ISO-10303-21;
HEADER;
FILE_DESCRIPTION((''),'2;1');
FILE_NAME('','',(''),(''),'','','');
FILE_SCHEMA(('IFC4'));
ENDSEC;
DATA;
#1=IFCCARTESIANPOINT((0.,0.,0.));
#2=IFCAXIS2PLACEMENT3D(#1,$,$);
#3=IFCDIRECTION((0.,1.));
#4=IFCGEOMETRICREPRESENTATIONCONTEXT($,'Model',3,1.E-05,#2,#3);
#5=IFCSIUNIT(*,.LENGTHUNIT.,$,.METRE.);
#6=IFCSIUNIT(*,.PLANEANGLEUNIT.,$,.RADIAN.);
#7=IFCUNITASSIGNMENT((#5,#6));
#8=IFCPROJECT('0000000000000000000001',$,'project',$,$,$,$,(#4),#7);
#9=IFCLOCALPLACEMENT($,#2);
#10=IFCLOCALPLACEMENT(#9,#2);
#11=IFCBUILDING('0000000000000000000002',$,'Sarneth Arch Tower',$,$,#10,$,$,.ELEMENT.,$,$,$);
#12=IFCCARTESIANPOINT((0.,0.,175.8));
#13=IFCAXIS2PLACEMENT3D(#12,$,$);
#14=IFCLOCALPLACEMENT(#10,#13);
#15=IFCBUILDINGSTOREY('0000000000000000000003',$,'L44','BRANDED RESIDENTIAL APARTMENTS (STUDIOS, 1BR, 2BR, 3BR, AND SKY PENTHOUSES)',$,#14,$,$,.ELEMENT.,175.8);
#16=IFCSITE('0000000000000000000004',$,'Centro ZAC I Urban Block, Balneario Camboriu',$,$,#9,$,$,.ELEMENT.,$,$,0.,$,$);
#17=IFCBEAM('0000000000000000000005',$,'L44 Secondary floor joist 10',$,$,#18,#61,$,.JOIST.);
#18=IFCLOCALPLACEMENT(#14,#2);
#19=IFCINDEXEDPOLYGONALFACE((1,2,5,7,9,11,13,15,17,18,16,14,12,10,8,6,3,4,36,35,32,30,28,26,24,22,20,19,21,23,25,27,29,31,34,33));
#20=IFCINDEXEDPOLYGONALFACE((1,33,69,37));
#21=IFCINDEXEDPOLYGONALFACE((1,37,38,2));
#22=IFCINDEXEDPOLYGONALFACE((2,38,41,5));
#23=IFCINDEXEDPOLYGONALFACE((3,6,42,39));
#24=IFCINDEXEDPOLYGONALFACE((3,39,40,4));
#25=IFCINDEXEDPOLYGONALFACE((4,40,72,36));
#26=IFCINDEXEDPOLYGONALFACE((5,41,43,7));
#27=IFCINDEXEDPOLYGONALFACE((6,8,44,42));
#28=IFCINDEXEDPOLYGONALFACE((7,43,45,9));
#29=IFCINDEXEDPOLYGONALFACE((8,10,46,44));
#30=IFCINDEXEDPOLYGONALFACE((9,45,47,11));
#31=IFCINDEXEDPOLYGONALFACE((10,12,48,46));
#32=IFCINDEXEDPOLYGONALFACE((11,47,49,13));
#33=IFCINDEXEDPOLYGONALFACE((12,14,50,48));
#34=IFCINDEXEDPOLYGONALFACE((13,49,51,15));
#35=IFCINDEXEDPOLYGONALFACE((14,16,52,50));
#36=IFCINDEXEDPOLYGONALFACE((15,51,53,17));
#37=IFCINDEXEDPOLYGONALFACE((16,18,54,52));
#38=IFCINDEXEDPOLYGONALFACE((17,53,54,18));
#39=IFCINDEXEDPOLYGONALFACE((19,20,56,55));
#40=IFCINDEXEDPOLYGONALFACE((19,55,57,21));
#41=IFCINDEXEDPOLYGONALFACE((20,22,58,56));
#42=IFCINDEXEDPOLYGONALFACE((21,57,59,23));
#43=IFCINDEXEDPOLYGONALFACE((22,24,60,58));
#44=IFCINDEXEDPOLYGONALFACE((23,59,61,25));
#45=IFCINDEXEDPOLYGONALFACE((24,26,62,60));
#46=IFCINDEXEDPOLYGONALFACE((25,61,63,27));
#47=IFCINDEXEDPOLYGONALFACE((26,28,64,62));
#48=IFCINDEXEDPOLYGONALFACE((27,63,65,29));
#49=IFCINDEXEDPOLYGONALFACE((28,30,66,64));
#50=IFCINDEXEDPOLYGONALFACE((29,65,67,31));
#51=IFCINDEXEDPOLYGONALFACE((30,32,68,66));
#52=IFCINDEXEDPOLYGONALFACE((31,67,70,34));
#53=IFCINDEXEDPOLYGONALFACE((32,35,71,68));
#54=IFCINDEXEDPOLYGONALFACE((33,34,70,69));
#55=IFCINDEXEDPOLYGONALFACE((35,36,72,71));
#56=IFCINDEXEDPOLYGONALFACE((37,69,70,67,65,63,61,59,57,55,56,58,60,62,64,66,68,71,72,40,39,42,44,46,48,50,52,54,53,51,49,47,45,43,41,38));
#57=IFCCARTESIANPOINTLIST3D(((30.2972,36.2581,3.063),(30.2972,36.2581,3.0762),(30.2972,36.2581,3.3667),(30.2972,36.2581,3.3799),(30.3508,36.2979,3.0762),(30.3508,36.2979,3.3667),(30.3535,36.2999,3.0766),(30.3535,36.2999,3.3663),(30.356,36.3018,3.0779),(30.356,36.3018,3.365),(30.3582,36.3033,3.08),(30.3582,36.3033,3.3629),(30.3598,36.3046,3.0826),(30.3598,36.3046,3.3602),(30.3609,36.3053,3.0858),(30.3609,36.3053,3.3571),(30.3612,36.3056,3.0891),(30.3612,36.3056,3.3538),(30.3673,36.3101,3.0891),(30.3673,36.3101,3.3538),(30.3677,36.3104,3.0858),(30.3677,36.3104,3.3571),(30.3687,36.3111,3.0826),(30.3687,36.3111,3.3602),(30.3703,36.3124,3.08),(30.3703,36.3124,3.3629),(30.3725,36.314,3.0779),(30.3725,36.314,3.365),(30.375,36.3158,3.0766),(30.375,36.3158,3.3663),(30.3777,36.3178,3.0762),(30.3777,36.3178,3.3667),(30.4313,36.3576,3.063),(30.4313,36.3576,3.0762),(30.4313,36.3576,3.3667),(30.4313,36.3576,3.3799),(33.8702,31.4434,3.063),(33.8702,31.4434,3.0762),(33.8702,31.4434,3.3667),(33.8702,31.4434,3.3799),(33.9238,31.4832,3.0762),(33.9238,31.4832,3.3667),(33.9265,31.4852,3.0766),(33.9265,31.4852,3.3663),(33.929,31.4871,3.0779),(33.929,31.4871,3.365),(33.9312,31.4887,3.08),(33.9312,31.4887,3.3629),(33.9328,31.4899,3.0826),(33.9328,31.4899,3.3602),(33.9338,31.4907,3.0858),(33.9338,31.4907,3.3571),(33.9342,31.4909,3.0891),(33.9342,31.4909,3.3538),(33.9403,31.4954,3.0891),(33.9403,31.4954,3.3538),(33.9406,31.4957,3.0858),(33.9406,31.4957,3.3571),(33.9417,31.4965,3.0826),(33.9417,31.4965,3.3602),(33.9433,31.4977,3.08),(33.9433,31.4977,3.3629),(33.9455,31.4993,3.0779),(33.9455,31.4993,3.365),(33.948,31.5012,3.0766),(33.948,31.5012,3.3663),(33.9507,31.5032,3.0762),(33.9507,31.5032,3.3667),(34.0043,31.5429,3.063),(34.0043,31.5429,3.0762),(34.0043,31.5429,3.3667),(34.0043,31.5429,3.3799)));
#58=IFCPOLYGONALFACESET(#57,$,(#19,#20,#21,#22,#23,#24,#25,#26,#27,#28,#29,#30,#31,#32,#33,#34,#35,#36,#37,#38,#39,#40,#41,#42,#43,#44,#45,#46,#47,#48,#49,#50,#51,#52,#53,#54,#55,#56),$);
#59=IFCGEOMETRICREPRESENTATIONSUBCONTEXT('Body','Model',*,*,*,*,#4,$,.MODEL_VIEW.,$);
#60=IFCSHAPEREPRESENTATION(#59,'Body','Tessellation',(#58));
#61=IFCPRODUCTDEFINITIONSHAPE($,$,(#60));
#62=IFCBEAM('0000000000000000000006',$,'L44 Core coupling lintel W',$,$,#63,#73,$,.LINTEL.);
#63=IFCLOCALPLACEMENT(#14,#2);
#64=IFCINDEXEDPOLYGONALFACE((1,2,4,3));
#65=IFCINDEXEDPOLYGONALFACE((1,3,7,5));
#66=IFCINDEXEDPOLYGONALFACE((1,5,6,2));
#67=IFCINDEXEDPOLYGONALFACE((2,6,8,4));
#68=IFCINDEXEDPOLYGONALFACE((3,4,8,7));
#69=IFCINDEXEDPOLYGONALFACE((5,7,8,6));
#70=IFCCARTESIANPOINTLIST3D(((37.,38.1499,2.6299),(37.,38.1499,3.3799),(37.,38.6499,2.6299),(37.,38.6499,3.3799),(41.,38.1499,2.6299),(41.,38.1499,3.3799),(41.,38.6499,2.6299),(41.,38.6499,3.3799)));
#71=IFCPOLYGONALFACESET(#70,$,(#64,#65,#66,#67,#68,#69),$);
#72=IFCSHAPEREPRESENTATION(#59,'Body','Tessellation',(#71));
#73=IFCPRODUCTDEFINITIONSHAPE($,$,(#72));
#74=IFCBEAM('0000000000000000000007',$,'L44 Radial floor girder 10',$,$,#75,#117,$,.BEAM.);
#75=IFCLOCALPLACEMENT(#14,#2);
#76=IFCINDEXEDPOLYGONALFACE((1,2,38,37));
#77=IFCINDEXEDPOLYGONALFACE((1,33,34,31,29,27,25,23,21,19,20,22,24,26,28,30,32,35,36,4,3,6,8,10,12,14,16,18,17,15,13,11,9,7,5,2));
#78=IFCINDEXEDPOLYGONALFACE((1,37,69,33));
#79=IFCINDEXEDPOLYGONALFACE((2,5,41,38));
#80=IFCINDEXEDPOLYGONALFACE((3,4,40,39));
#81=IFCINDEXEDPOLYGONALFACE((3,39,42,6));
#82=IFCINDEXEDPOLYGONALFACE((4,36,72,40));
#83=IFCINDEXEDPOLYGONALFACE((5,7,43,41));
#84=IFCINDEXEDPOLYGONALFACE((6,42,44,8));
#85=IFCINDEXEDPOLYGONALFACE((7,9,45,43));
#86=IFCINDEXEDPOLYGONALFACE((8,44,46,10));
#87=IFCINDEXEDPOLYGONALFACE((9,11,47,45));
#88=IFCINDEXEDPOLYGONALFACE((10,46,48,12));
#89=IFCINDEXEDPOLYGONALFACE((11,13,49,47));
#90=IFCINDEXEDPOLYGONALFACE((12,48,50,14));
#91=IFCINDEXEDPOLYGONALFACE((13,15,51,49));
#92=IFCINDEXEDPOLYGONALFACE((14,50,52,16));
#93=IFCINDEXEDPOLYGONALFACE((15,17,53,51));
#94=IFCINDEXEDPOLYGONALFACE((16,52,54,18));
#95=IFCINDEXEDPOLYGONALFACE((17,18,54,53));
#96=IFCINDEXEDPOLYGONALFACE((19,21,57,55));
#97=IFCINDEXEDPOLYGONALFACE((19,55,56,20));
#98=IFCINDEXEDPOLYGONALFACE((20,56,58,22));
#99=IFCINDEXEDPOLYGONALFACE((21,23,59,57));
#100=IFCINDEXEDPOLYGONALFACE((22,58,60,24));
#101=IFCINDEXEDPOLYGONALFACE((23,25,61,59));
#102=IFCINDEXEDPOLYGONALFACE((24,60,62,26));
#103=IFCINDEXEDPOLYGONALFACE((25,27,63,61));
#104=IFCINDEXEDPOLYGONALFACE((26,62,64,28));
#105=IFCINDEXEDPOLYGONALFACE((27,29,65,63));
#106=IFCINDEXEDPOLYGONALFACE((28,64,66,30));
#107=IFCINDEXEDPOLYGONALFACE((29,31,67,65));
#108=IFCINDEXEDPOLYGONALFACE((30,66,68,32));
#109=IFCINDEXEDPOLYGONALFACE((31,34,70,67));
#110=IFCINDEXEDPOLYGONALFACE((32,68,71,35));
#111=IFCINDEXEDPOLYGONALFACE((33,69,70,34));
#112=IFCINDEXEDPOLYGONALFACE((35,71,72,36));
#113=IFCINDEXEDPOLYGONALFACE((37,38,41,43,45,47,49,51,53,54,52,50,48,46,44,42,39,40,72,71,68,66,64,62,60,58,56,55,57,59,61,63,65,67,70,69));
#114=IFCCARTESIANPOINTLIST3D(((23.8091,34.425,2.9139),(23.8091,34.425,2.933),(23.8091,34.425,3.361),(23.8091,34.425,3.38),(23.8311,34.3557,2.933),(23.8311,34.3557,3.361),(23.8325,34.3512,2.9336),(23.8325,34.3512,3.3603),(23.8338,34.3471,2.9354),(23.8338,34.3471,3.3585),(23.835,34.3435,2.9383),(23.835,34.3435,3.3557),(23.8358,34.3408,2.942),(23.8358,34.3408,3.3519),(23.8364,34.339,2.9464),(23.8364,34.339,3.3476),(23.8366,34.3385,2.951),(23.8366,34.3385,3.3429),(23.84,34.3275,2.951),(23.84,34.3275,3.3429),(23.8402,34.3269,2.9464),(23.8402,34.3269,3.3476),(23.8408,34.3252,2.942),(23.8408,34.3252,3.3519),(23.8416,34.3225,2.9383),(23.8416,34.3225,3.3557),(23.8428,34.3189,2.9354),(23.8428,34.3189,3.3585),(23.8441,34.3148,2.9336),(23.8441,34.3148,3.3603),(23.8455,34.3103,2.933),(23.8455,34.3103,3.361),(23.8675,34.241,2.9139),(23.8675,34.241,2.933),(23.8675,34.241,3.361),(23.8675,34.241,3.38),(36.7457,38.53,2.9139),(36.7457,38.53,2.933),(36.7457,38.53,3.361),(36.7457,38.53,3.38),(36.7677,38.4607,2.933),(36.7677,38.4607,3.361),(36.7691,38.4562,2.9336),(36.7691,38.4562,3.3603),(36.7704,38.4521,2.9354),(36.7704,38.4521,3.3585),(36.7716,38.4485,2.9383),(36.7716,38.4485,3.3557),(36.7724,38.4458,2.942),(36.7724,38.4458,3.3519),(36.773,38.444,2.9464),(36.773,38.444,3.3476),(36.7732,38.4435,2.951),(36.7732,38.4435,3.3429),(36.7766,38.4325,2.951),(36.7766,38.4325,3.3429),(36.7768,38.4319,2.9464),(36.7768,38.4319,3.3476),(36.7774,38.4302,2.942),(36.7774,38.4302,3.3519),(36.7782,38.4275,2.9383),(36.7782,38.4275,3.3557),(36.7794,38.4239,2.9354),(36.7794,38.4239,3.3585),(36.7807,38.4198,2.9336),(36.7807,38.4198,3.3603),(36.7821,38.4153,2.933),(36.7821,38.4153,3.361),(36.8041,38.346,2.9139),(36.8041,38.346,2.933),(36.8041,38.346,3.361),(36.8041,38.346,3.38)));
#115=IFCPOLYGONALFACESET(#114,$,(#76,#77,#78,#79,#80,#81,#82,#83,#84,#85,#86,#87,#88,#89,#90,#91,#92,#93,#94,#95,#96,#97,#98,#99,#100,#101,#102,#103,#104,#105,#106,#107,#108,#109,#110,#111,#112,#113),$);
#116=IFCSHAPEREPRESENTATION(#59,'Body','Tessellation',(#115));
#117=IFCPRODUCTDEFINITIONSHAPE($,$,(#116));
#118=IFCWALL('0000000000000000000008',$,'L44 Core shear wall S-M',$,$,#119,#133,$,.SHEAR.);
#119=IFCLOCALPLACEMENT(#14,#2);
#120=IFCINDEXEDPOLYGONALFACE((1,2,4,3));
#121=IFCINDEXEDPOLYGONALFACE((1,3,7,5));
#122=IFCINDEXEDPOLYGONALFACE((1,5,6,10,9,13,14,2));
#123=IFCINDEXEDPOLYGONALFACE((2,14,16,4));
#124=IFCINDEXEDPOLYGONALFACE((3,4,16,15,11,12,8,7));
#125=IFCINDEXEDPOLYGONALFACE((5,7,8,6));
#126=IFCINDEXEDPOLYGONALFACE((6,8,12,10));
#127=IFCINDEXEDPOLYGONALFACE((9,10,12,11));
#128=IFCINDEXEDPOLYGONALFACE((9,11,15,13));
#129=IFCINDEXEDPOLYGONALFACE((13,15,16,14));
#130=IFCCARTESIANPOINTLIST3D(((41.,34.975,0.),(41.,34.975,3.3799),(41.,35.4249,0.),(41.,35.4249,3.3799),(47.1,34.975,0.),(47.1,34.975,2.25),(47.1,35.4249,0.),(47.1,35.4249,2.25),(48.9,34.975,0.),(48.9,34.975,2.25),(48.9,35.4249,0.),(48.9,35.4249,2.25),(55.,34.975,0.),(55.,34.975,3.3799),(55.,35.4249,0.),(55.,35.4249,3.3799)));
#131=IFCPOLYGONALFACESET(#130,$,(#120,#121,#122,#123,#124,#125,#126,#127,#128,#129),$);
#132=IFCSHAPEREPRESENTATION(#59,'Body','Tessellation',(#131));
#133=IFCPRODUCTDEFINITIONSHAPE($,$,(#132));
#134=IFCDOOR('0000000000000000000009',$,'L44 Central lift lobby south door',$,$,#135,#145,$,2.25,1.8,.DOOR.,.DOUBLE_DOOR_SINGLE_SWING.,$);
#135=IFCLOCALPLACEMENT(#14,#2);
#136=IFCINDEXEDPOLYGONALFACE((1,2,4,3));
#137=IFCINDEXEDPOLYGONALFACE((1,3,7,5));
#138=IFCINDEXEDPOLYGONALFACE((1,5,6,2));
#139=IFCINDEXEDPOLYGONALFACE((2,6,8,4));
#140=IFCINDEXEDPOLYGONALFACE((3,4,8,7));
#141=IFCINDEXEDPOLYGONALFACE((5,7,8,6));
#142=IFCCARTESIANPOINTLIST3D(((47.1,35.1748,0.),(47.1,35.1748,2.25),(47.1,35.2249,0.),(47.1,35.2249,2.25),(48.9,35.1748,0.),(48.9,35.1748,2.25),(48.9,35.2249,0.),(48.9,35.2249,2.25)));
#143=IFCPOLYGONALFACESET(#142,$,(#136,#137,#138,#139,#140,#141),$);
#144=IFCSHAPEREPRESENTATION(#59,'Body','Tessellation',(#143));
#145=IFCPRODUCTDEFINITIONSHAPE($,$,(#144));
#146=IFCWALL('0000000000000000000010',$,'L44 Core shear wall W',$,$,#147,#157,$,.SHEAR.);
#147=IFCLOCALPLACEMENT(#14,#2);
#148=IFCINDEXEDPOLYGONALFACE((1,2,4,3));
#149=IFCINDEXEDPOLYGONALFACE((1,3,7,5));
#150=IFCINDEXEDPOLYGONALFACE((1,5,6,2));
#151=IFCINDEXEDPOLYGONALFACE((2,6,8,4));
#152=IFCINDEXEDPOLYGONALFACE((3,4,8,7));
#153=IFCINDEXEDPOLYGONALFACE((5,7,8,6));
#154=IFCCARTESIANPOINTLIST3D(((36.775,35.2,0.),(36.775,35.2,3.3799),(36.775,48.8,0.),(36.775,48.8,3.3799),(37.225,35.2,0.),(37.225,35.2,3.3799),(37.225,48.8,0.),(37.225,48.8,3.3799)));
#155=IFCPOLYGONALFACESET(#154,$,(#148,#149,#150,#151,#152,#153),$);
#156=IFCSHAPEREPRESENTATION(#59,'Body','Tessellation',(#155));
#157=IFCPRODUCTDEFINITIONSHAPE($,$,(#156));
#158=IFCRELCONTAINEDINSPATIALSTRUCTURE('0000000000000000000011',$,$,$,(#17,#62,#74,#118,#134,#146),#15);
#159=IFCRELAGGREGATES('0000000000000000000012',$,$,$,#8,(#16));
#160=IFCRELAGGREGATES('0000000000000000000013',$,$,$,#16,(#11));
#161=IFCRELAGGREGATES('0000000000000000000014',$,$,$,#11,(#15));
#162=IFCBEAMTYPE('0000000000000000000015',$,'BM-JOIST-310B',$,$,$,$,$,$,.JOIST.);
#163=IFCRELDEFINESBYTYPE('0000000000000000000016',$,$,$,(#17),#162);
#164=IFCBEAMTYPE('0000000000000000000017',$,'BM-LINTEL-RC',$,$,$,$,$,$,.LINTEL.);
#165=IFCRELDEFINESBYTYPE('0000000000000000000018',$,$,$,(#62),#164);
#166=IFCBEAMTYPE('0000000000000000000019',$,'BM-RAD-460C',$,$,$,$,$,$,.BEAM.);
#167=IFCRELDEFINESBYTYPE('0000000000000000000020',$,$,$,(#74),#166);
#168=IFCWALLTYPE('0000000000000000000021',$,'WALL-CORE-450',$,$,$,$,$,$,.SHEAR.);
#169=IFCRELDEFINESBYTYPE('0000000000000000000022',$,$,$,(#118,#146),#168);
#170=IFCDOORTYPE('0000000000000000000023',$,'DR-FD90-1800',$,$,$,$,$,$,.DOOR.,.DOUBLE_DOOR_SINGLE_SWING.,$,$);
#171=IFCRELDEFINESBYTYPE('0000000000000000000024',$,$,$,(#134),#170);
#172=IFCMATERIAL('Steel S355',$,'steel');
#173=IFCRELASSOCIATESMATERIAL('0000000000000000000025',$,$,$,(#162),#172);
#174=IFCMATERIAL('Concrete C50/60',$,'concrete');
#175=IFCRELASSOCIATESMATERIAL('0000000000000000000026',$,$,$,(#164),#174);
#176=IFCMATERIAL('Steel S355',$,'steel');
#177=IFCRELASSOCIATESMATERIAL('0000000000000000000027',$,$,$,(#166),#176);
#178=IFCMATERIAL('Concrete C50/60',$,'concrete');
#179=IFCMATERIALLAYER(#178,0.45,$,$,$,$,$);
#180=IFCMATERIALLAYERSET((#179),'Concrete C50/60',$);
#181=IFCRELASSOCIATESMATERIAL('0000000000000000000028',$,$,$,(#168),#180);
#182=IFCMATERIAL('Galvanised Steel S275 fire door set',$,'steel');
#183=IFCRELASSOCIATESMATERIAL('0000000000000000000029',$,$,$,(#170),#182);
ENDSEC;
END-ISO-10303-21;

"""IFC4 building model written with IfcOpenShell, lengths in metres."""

from ifc_helpers import new_model, si_unit, direction, frame, frame_2d, origin, origin_2d, place, context, subcontext, project, spatial, rectangle, i_section, extrude, material, layer, layer_set, material_profile, profile_set, type_object, element, fill, save


model = new_model("IFC4")

# Units and contexts
model_context = context("Model", 3, precision=1e-05, world=origin(), true_north=direction((0.0, 1.0)))
body_context = subcontext(model_context, "Body", "Model", "MODEL_VIEW")
ifc_project = project(units=[si_unit("LENGTHUNIT", "METRE"), si_unit("PLANEANGLEUNIT", "RADIAN")], contexts=[model_context])

# Site, building, storey
site_placement = place(None, origin())
site = spatial("IfcSite", under=ifc_project, at=site_placement, Name="Centro ZAC I Urban Block, Balneario Camboriu", CompositionType="ELEMENT", RefElevation=0.0)
building_placement = place(site_placement, origin())
building = spatial("IfcBuilding", under=site, at=building_placement, Name="Sarneth Arch Tower", CompositionType="ELEMENT")
storey_placement = place(building_placement, frame((0.0, 0.0, 175.8)))
storey = spatial("IfcBuildingStorey", under=building, at=storey_placement, Name="L44", Description="BRANDED RESIDENTIAL APARTMENTS (STUDIOS, 1BR, 2BR, 3BR, AND SKY PENTHOUSES)", CompositionType="ELEMENT", Elevation=175.8)

# Beams
ifc_material_1 = material(Name="Steel S355", Category="steel")
ifc_material_profile_1 = material_profile(ifc_material_1, i_section(OverallWidth=0.167, OverallDepth=0.3169, WebThickness=0.0076, FlangeThickness=0.0132, FilletRadius=0.0129, at=origin_2d()), Name="W310x52")
ifc_profile_set_1 = profile_set([ifc_material_profile_1], Name="Steel S355")
beam_type_1 = type_object("IfcBeamType", Name="BM-JOIST-310B", PredefinedType="JOIST", material=ifc_profile_set_1)
beam_1_placement = place(storey_placement, frame((30.3643, 36.3079, 3.2214), z_axis=(0.595933, -0.803034, 0.0), x_axis=(0.803034, 0.595933, 0.0)))
element("IfcBeam", 1, at=beam_1_placement, inside=storey, type_object=beam_type_1, Name="L44 Secondary floor joist 10", PredefinedType="JOIST", context=body_context, shape_type="SweptSolid", body=[
    extrude(i_section(OverallWidth=0.167, OverallDepth=0.3169, WebThickness=0.0076, FlangeThickness=0.0132, FilletRadius=0.0129, at=origin_2d()), origin(), (0.0, 0.0, 1.0), 5.9956),
])
ifc_material_2 = material(Name="Concrete C50/60", Category="concrete")
ifc_material_profile_2 = material_profile(ifc_material_2, rectangle(XDim=0.5, YDim=0.75, at=origin_2d()), Name="RC-500x750")
ifc_profile_set_2 = profile_set([ifc_material_profile_2], Name="Concrete C50/60")
beam_type_2 = type_object("IfcBeamType", Name="BM-LINTEL-RC", PredefinedType="LINTEL", material=ifc_profile_set_2)
beam_2_placement = place(storey_placement, frame((37.0, 38.3999, 3.0049), z_axis=(1.0, 0.0, 0.0), x_axis=(0.0, 1.0, 0.0)))
element("IfcBeam", 2, at=beam_2_placement, inside=storey, type_object=beam_type_2, Name="L44 Core coupling lintel W", PredefinedType="LINTEL", context=body_context, shape_type="SweptSolid", body=[
    extrude(rectangle(XDim=0.5, YDim=0.75, at=origin_2d()), origin(), (0.0, 0.0, 1.0), 4.0),
])
ifc_material_3 = material(Name="Steel S355", Category="steel")
ifc_material_profile_3 = material_profile(ifc_material_3, i_section(OverallWidth=0.1931, OverallDepth=0.4661, WebThickness=0.0115, FlangeThickness=0.019, FilletRadius=0.0181, at=origin_2d()), Name="W460x97")
ifc_profile_set_3 = profile_set([ifc_material_profile_3], Name="Steel S355")
beam_type_3 = type_object("IfcBeamType", Name="BM-RAD-460C", PredefinedType="BEAM", material=ifc_profile_set_3)
beam_3_placement = place(storey_placement, frame((36.7749, 38.438, 3.147), z_axis=(-0.953164, -0.302455, 0.0), x_axis=(0.302455, -0.953164, 0.0)))
element("IfcBeam", 3, at=beam_3_placement, inside=storey, type_object=beam_type_3, Name="L44 Radial floor girder 10", PredefinedType="BEAM", context=body_context, shape_type="SweptSolid", body=[
    extrude(i_section(OverallWidth=0.1931, OverallDepth=0.4661, WebThickness=0.0115, FlangeThickness=0.019, FilletRadius=0.0181, at=origin_2d()), origin(), (0.0, 0.0, 1.0), 13.5723),
])

# Wall, opening, door
ifc_material_4 = material(Name="Concrete C50/60", Category="concrete")
ifc_layer_1 = layer(ifc_material_4, 0.45)
ifc_layer_set_1 = layer_set([ifc_layer_1], Name="Concrete C50/60")
wall_type_1 = type_object("IfcWallType", Name="WALL-CORE-450", PredefinedType="SHEAR", material=ifc_layer_set_1)
wall_1_placement = place(storey_placement, frame((41.0, 35.2, 0.0), z_axis=(0.0, 0.0, 1.0), x_axis=(1.0, 0.0, 0.0)))
wall_1 = element("IfcWall", 4, at=wall_1_placement, inside=storey, type_object=wall_type_1, Name="L44 Core shear wall S-M", PredefinedType="SHEAR", context=body_context, shape_type="SweptSolid", body=[
    extrude(rectangle(XDim=14.0, YDim=0.45, at=frame_2d((7.0, 0.0))), origin(), (0.0, 0.0, 1.0), 3.3799),
])
opening_1_placement = place(wall_1_placement, frame((6.1001, 0.0, 0.0)))
opening_1 = element("IfcOpeningElement", 5, at=opening_1_placement, cuts=wall_1, PredefinedType="OPENING", context=body_context, shape_type="SweptSolid", body=[
    extrude(rectangle(XDim=1.8, YDim=2.25, at=frame_2d((0.8999, 1.125))), frame((0.0, 0.2349, 0.0), z_axis=(0.0, -1.0, 0.0), x_axis=(1.0, 0.0, 0.0)), (0.0, 0.0, 1.0), 0.47),
])
ifc_material_5 = material(Name="Galvanised Steel S275 fire door set", Category="steel")
door_type_1 = type_object("IfcDoorType", Name="DR-FD90-1800", OperationType="DOUBLE_DOOR_SINGLE_SWING", PredefinedType="DOOR", material=ifc_material_5)
door_1_placement = place(opening_1_placement, origin())
door_1 = element("IfcDoor", 6, at=door_1_placement, inside=storey, type_object=door_type_1, Name="L44 Central lift lobby south door", OperationType="DOUBLE_DOOR_SINGLE_SWING", OverallHeight=2.25, OverallWidth=1.8, PredefinedType="DOOR", context=body_context, shape_type="SweptSolid", body=[
    extrude(rectangle(XDim=1.8, YDim=2.25, at=frame_2d((0.8999, 1.125))), frame((0.0, 0.0249, 0.0), z_axis=(0.0, -1.0, 0.0), x_axis=(1.0, 0.0, 0.0)), (0.0, 0.0, 1.0), 0.05),
])
fill(opening_1, door_1)

# Wall
wall_2_placement = place(storey_placement, frame((37.0, 35.2, 0.0), z_axis=(0.0, 0.0, 1.0), x_axis=(0.0, 1.0, 0.0)))
element("IfcWall", 7, at=wall_2_placement, inside=storey, type_object=wall_type_1, Name="L44 Core shear wall W", PredefinedType="SHEAR", context=body_context, shape_type="SweptSolid", body=[
    extrude(rectangle(XDim=13.6001, YDim=0.45, at=frame_2d((6.8, 0.0))), origin(), (0.0, 0.0, 1.0), 3.3799),
])

save(model, "model.ifc")
